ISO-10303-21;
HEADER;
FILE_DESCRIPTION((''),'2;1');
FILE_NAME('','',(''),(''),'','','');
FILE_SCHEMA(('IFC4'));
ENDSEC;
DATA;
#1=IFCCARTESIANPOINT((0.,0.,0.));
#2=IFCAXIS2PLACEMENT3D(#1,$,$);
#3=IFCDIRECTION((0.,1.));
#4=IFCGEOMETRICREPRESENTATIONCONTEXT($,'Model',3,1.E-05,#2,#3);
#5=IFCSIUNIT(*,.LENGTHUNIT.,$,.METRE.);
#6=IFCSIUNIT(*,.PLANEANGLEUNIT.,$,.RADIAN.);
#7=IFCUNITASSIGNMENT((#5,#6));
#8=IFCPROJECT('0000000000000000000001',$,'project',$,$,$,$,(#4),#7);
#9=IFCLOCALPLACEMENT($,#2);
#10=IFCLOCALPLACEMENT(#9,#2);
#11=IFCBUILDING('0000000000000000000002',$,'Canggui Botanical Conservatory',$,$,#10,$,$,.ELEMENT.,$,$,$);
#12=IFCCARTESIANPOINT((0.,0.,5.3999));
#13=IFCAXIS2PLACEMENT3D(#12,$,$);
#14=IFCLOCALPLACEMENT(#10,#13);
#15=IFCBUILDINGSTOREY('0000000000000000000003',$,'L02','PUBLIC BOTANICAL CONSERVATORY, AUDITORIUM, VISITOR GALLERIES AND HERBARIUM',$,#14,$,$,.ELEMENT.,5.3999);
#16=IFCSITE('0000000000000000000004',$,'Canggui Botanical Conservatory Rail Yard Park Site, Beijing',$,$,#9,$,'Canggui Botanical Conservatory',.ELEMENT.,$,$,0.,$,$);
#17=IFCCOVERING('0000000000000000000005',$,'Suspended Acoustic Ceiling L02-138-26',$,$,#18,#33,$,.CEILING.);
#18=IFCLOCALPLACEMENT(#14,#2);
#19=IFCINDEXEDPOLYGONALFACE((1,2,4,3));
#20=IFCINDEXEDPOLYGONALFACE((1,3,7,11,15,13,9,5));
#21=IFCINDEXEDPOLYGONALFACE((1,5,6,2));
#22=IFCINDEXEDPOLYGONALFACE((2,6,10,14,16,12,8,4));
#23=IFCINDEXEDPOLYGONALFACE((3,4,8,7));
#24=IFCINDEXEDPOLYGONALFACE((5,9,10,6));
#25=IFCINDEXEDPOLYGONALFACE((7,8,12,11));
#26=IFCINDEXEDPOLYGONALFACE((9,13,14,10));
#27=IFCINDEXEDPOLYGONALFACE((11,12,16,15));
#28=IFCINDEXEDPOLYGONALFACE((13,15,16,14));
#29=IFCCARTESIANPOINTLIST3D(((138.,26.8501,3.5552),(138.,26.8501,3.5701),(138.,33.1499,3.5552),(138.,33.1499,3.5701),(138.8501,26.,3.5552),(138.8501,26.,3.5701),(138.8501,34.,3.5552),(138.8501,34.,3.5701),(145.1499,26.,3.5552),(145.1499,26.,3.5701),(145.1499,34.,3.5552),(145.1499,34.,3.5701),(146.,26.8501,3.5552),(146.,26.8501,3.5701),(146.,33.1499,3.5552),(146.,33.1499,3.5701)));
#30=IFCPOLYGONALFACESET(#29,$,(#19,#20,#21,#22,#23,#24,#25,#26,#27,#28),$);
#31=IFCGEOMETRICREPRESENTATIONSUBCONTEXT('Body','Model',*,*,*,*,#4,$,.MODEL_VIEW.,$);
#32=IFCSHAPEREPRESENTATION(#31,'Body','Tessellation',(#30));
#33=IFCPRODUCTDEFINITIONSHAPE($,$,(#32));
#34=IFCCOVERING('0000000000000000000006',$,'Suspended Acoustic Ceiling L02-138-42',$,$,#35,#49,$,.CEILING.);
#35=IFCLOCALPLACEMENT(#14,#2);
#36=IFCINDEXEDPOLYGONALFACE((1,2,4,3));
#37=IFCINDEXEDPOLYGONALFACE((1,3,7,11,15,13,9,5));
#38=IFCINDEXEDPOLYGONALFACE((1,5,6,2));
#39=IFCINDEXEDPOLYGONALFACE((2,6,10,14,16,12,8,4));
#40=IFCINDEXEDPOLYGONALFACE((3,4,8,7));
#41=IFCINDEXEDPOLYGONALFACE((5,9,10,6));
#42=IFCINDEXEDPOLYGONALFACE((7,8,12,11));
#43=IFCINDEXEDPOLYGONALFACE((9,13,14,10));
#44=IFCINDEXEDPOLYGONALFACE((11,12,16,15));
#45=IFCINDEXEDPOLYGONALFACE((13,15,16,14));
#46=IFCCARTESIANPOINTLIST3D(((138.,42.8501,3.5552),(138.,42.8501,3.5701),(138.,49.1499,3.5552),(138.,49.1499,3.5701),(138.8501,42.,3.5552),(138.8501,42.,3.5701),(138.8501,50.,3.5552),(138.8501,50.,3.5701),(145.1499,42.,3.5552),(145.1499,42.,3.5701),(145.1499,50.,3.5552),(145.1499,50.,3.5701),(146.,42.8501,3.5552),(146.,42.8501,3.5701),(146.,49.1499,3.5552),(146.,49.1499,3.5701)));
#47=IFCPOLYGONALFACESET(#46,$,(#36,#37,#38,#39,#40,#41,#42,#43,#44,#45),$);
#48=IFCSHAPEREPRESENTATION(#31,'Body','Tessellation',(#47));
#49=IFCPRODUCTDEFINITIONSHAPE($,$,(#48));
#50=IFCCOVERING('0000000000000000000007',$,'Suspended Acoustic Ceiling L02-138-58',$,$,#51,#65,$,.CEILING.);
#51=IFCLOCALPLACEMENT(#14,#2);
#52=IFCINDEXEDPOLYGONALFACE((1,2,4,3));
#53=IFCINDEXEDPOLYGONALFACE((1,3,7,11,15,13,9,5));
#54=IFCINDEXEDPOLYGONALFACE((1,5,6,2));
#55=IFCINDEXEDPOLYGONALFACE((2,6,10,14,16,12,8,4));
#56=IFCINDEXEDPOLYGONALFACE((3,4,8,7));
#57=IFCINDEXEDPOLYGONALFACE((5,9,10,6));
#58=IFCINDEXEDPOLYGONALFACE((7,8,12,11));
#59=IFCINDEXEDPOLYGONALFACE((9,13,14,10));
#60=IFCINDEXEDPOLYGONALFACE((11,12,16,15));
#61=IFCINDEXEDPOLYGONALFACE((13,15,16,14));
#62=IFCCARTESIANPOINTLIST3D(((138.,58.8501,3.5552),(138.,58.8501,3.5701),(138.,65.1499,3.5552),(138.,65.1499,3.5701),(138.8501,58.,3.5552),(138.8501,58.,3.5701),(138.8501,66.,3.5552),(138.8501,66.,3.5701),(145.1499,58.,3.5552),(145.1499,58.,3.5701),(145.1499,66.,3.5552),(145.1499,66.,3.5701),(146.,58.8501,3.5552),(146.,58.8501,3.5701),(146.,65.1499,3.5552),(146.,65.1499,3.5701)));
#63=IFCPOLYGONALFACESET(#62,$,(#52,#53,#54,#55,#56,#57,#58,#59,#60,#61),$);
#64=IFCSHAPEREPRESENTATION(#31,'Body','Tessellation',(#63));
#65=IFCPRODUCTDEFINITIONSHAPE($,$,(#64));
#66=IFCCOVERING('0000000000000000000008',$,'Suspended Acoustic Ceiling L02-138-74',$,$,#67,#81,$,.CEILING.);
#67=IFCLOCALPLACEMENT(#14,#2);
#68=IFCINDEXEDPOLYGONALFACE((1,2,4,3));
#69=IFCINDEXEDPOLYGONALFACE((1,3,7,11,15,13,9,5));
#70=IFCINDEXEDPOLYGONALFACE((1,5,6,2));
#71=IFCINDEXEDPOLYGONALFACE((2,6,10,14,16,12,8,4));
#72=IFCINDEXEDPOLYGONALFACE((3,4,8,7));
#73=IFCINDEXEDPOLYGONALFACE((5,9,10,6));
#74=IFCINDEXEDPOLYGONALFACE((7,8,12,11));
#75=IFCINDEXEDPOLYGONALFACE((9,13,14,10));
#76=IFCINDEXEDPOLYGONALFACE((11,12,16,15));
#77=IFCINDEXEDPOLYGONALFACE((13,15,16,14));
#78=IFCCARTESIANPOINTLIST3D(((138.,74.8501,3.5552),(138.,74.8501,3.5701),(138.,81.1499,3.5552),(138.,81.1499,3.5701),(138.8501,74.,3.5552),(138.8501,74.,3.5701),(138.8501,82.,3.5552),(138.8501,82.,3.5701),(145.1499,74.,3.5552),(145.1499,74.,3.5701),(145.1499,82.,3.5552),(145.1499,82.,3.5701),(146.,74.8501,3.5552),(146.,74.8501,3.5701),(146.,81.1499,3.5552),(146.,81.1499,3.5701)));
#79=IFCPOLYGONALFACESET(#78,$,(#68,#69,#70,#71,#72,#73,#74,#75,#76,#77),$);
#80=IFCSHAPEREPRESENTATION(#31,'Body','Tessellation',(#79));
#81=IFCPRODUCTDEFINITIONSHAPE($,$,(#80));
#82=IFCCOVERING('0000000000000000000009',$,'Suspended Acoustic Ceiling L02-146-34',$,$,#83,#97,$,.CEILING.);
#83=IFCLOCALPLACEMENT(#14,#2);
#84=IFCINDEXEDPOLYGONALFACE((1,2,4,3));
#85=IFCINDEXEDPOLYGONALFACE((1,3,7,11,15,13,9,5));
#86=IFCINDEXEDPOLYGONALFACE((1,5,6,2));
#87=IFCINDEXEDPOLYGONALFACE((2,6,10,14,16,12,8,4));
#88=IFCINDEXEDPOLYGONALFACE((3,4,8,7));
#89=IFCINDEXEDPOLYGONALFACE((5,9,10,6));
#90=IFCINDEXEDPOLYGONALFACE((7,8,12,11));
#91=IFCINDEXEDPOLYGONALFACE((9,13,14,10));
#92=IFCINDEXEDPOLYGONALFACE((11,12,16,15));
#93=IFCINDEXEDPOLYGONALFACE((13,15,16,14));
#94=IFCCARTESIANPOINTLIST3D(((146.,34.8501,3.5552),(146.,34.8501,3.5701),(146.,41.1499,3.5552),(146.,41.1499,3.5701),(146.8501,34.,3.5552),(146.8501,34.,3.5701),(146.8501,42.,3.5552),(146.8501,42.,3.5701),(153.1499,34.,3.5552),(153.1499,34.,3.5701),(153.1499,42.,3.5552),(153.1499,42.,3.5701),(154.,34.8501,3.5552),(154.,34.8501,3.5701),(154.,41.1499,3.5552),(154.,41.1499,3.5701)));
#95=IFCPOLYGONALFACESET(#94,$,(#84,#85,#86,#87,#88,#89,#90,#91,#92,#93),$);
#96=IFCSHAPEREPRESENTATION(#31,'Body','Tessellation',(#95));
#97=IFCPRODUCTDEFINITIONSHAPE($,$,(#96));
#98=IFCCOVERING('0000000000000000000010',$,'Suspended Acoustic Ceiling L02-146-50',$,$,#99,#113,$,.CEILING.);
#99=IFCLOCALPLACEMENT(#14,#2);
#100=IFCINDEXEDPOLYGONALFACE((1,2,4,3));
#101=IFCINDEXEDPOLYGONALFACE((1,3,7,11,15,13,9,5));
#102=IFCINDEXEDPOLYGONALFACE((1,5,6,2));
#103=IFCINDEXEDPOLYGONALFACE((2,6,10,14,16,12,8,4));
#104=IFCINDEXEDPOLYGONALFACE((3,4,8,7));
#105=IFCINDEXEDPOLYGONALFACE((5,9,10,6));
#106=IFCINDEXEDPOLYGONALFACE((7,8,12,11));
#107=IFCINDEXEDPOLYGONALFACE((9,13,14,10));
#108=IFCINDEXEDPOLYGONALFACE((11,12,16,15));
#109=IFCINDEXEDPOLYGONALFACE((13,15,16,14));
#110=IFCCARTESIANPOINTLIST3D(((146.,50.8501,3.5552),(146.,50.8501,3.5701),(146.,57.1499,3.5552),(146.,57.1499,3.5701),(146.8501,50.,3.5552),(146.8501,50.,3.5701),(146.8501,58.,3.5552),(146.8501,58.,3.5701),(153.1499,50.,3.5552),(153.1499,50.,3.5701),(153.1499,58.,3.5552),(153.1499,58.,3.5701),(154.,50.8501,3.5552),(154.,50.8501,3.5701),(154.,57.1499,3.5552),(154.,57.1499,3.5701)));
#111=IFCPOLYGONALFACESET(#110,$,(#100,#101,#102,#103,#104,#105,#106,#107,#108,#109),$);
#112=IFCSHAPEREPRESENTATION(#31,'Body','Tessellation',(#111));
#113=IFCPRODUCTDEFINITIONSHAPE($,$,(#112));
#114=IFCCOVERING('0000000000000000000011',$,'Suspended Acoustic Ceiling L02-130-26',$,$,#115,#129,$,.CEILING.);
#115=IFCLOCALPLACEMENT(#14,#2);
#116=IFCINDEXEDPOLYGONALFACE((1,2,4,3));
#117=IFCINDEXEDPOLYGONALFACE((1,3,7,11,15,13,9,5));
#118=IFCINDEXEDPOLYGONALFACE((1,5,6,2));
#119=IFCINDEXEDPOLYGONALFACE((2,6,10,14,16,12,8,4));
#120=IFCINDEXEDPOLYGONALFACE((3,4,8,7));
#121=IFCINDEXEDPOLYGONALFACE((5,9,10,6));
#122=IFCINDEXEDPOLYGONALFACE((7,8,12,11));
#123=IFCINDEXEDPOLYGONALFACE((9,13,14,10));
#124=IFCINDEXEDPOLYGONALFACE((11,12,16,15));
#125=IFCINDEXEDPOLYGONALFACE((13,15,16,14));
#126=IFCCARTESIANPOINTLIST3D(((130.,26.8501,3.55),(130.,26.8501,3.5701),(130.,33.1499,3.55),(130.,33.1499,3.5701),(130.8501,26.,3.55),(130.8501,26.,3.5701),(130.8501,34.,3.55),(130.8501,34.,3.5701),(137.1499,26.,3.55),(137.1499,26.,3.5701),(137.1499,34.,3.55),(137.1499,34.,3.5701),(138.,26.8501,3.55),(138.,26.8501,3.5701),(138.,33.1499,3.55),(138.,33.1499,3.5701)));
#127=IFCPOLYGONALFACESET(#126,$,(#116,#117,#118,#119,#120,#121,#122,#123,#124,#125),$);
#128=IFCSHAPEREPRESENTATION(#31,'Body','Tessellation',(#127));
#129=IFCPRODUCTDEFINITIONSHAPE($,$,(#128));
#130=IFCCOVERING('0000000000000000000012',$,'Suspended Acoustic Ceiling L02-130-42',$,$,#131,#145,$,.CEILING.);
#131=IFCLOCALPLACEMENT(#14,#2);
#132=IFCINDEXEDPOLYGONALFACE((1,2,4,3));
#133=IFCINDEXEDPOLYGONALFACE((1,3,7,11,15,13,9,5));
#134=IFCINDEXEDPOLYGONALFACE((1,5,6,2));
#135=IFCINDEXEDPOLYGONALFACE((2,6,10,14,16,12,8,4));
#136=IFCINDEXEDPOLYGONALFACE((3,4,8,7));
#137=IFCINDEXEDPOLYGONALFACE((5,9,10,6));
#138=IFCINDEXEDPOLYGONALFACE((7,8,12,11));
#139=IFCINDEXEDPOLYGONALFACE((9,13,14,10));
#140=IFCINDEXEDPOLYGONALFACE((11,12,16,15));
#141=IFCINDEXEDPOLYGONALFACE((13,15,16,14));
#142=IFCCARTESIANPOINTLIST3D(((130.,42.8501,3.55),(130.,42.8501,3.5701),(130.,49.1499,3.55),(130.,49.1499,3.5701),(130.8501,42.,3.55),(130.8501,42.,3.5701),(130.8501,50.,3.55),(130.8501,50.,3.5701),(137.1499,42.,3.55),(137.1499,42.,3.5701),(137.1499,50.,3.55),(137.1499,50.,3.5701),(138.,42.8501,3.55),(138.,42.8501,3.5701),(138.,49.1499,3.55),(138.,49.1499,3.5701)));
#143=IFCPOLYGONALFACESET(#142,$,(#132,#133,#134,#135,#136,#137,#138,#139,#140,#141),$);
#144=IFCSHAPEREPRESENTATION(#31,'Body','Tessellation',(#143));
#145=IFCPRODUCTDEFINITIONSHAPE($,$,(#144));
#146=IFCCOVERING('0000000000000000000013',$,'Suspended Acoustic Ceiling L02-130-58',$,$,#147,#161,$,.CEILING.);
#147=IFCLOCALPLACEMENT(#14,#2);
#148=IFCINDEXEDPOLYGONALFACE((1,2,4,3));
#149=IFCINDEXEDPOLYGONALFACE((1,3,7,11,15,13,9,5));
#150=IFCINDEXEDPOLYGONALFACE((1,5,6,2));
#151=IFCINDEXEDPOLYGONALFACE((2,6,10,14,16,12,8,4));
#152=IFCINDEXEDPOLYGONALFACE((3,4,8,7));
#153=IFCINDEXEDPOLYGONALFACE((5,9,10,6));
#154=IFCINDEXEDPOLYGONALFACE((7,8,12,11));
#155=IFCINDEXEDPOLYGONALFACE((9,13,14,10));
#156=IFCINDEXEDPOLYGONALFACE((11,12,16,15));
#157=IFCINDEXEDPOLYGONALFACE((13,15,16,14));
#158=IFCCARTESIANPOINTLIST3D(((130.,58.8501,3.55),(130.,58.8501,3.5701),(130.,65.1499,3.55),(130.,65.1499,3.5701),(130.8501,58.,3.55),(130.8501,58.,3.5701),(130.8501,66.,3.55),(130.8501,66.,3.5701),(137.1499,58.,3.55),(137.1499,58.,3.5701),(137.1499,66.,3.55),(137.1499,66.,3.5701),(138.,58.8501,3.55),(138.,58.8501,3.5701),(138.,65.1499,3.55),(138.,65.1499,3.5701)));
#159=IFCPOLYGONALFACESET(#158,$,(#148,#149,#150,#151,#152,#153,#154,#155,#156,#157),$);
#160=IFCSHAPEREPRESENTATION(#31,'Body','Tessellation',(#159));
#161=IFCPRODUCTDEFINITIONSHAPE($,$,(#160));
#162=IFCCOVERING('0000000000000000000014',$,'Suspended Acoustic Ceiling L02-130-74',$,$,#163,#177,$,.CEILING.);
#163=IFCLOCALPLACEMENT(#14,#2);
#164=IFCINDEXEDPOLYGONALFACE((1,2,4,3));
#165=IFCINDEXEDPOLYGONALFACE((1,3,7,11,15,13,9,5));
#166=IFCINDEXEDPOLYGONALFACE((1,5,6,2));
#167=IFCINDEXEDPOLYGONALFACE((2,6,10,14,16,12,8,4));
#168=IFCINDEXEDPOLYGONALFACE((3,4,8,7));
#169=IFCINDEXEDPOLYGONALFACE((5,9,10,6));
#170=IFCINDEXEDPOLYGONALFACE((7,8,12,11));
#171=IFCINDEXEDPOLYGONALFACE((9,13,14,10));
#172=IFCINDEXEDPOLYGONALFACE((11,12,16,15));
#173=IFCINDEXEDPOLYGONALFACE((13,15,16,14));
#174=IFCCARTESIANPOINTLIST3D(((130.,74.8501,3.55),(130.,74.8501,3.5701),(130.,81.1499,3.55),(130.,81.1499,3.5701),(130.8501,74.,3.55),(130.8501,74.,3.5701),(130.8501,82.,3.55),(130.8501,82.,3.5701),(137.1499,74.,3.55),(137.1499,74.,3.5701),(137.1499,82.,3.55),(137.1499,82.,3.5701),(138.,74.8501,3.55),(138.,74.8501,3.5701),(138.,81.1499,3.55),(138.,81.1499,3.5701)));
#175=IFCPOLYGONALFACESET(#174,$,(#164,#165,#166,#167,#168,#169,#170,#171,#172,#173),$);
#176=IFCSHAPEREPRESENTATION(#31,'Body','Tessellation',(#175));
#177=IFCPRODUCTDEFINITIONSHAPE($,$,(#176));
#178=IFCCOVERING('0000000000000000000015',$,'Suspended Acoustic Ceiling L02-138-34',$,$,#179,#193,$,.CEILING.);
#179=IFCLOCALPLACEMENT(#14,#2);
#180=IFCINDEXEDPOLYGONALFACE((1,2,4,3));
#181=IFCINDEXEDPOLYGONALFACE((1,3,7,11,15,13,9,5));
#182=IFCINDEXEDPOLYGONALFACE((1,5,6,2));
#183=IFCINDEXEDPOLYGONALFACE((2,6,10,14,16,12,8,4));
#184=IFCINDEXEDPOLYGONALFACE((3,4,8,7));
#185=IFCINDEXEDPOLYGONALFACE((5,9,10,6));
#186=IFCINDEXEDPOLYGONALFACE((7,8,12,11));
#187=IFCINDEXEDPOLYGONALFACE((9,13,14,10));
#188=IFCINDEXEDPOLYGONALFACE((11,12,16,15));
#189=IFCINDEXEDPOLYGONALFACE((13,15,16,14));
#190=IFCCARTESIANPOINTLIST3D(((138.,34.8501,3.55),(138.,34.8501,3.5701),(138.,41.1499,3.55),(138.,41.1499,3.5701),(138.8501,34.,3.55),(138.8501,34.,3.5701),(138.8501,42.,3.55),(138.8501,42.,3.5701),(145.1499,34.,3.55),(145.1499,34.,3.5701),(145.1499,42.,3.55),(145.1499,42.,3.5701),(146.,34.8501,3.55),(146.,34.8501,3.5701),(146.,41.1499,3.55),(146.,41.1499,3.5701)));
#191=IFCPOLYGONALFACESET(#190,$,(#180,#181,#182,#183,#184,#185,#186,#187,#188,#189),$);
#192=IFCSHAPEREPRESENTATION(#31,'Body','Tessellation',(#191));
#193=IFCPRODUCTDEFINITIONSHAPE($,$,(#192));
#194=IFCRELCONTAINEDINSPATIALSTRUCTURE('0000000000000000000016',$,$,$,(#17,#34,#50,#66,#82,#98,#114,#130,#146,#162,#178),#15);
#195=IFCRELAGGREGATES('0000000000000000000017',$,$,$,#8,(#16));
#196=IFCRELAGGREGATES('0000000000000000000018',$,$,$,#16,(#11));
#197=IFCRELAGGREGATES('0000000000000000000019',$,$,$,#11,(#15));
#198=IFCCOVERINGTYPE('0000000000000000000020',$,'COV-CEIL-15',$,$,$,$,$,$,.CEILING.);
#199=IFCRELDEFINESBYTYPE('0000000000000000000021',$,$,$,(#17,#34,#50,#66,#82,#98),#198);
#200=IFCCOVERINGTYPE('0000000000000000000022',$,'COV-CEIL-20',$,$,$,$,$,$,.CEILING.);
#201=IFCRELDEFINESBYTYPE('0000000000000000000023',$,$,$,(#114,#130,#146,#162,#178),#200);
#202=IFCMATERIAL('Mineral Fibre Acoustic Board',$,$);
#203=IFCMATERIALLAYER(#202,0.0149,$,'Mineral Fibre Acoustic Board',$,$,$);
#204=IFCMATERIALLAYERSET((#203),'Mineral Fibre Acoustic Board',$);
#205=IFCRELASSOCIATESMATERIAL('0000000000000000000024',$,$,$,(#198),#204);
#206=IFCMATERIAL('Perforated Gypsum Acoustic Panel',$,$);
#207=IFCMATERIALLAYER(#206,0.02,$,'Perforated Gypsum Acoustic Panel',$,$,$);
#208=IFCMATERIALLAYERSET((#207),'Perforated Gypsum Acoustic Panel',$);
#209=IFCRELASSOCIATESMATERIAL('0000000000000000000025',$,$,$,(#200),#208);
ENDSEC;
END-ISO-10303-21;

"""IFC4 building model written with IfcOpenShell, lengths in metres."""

from ifc_helpers import new_model, si_unit, direction, frame, origin, place, context, subcontext, project, spatial, polyline, outline, extrude, material, layer, layer_set, type_object, element, save


model = new_model("IFC4")

# Units and contexts
model_context = context("Model", 3, precision=1e-05, world=origin(), true_north=direction((0.0, 1.0)))
body_context = subcontext(model_context, "Body", "Model", "MODEL_VIEW")
ifc_project = project(units=[si_unit("LENGTHUNIT", "METRE"), si_unit("PLANEANGLEUNIT", "RADIAN")], contexts=[model_context])

# Site, building, storey
site_placement = place(None, origin())
site = spatial("IfcSite", under=ifc_project, at=site_placement, Name="Canggui Botanical Conservatory Rail Yard Park Site, Beijing", LongName="Canggui Botanical Conservatory", CompositionType="ELEMENT", RefElevation=0.0)
building_placement = place(site_placement, origin())
building = spatial("IfcBuilding", under=site, at=building_placement, Name="Canggui Botanical Conservatory", CompositionType="ELEMENT")
storey_placement = place(building_placement, frame((0.0, 0.0, 5.3999)))
storey = spatial("IfcBuildingStorey", under=building, at=storey_placement, Name="L02", Description="PUBLIC BOTANICAL CONSERVATORY, AUDITORIUM, VISITOR GALLERIES AND HERBARIUM", CompositionType="ELEMENT", Elevation=5.3999)

# Coverings
ifc_material_1 = material(Name="Mineral Fibre Acoustic Board")
ifc_layer_1 = layer(ifc_material_1, 0.0149, Name="Mineral Fibre Acoustic Board")
ifc_layer_set_1 = layer_set([ifc_layer_1], Name="Mineral Fibre Acoustic Board")
covering_type_1 = type_object("IfcCoveringType", Name="COV-CEIL-15", PredefinedType="CEILING", material=ifc_layer_set_1)
covering_1_placement = place(storey_placement, frame((0.0, 0.0, 3.5552)))
element("IfcCovering", 1, at=covering_1_placement, inside=storey, type_object=covering_type_1, Name="Suspended Acoustic Ceiling L02-138-26", PredefinedType="CEILING", context=body_context, shape_type="SweptSolid", body=[
    extrude(outline(polyline([(138.8501, 26.0), (145.1499, 26.0), (146.0, 26.8501), (146.0, 33.1499), (145.1499, 34.0), (138.8501, 34.0), (138.0, 33.1499), (138.0, 26.8501), (138.8501, 26.0)])), origin(), (0.0, 0.0, 1.0), 0.0149),
])
covering_2_placement = place(storey_placement, frame((0.0, 0.0, 3.5552)))
element("IfcCovering", 2, at=covering_2_placement, inside=storey, type_object=covering_type_1, Name="Suspended Acoustic Ceiling L02-138-42", PredefinedType="CEILING", context=body_context, shape_type="SweptSolid", body=[
    extrude(outline(polyline([(138.8501, 42.0), (145.1499, 42.0), (146.0, 42.8501), (146.0, 49.1499), (145.1499, 50.0), (138.8501, 50.0), (138.0, 49.1499), (138.0, 42.8501), (138.8501, 42.0)])), origin(), (0.0, 0.0, 1.0), 0.0149),
])
covering_3_placement = place(storey_placement, frame((0.0, 0.0, 3.5552)))
element("IfcCovering", 3, at=covering_3_placement, inside=storey, type_object=covering_type_1, Name="Suspended Acoustic Ceiling L02-138-58", PredefinedType="CEILING", context=body_context, shape_type="SweptSolid", body=[
    extrude(outline(polyline([(138.8501, 58.0), (145.1499, 58.0), (146.0, 58.8501), (146.0, 65.1499), (145.1499, 66.0), (138.8501, 66.0), (138.0, 65.1499), (138.0, 58.8501), (138.8501, 58.0)])), origin(), (0.0, 0.0, 1.0), 0.0149),
])
covering_4_placement = place(storey_placement, frame((0.0, 0.0, 3.5552)))
element("IfcCovering", 4, at=covering_4_placement, inside=storey, type_object=covering_type_1, Name="Suspended Acoustic Ceiling L02-138-74", PredefinedType="CEILING", context=body_context, shape_type="SweptSolid", body=[
    extrude(outline(polyline([(138.8501, 74.0), (145.1499, 74.0), (146.0, 74.8501), (146.0, 81.1499), (145.1499, 82.0), (138.8501, 82.0), (138.0, 81.1499), (138.0, 74.8501), (138.8501, 74.0)])), origin(), (0.0, 0.0, 1.0), 0.0149),
])
covering_5_placement = place(storey_placement, frame((0.0, 0.0, 3.5552)))
element("IfcCovering", 5, at=covering_5_placement, inside=storey, type_object=covering_type_1, Name="Suspended Acoustic Ceiling L02-146-34", PredefinedType="CEILING", context=body_context, shape_type="SweptSolid", body=[
    extrude(outline(polyline([(146.8501, 34.0), (153.1499, 34.0), (154.0, 34.8501), (154.0, 41.1499), (153.1499, 42.0), (146.8501, 42.0), (146.0, 41.1499), (146.0, 34.8501), (146.8501, 34.0)])), origin(), (0.0, 0.0, 1.0), 0.0149),
])
covering_6_placement = place(storey_placement, frame((0.0, 0.0, 3.5552)))
element("IfcCovering", 6, at=covering_6_placement, inside=storey, type_object=covering_type_1, Name="Suspended Acoustic Ceiling L02-146-50", PredefinedType="CEILING", context=body_context, shape_type="SweptSolid", body=[
    extrude(outline(polyline([(146.8501, 50.0), (153.1499, 50.0), (154.0, 50.8501), (154.0, 57.1499), (153.1499, 58.0), (146.8501, 58.0), (146.0, 57.1499), (146.0, 50.8501), (146.8501, 50.0)])), origin(), (0.0, 0.0, 1.0), 0.0149),
])
ifc_material_2 = material(Name="Perforated Gypsum Acoustic Panel")
ifc_layer_2 = layer(ifc_material_2, 0.02, Name="Perforated Gypsum Acoustic Panel")
ifc_layer_set_2 = layer_set([ifc_layer_2], Name="Perforated Gypsum Acoustic Panel")
covering_type_2 = type_object("IfcCoveringType", Name="COV-CEIL-20", PredefinedType="CEILING", material=ifc_layer_set_2)
covering_7_placement = place(storey_placement, frame((0.0, 0.0, 3.55)))
element("IfcCovering", 7, at=covering_7_placement, inside=storey, type_object=covering_type_2, Name="Suspended Acoustic Ceiling L02-130-26", PredefinedType="CEILING", context=body_context, shape_type="SweptSolid", body=[
    extrude(outline(polyline([(130.8501, 26.0), (137.1499, 26.0), (138.0, 26.8501), (138.0, 33.1499), (137.1499, 34.0), (130.8501, 34.0), (130.0, 33.1499), (130.0, 26.8501), (130.8501, 26.0)])), origin(), (0.0, 0.0, 1.0), 0.02),
])
covering_8_placement = place(storey_placement, frame((0.0, 0.0, 3.55)))
element("IfcCovering", 8, at=covering_8_placement, inside=storey, type_object=covering_type_2, Name="Suspended Acoustic Ceiling L02-130-42", PredefinedType="CEILING", context=body_context, shape_type="SweptSolid", body=[
    extrude(outline(polyline([(130.8501, 42.0), (137.1499, 42.0), (138.0, 42.8501), (138.0, 49.1499), (137.1499, 50.0), (130.8501, 50.0), (130.0, 49.1499), (130.0, 42.8501), (130.8501, 42.0)])), origin(), (0.0, 0.0, 1.0), 0.02),
])
covering_9_placement = place(storey_placement, frame((0.0, 0.0, 3.55)))
element("IfcCovering", 9, at=covering_9_placement, inside=storey, type_object=covering_type_2, Name="Suspended Acoustic Ceiling L02-130-58", PredefinedType="CEILING", context=body_context, shape_type="SweptSolid", body=[
    extrude(outline(polyline([(130.8501, 58.0), (137.1499, 58.0), (138.0, 58.8501), (138.0, 65.1499), (137.1499, 66.0), (130.8501, 66.0), (130.0, 65.1499), (130.0, 58.8501), (130.8501, 58.0)])), origin(), (0.0, 0.0, 1.0), 0.02),
])
covering_10_placement = place(storey_placement, frame((0.0, 0.0, 3.55)))
element("IfcCovering", 10, at=covering_10_placement, inside=storey, type_object=covering_type_2, Name="Suspended Acoustic Ceiling L02-130-74", PredefinedType="CEILING", context=body_context, shape_type="SweptSolid", body=[
    extrude(outline(polyline([(130.8501, 74.0), (137.1499, 74.0), (138.0, 74.8501), (138.0, 81.1499), (137.1499, 82.0), (130.8501, 82.0), (130.0, 81.1499), (130.0, 74.8501), (130.8501, 74.0)])), origin(), (0.0, 0.0, 1.0), 0.02),
])
covering_11_placement = place(storey_placement, frame((0.0, 0.0, 3.55)))
element("IfcCovering", 11, at=covering_11_placement, inside=storey, type_object=covering_type_2, Name="Suspended Acoustic Ceiling L02-138-34", PredefinedType="CEILING", context=body_context, shape_type="SweptSolid", body=[
    extrude(outline(polyline([(138.8501, 34.0), (145.1499, 34.0), (146.0, 34.8501), (146.0, 41.1499), (145.1499, 42.0), (138.8501, 42.0), (138.0, 41.1499), (138.0, 34.8501), (138.8501, 34.0)])), origin(), (0.0, 0.0, 1.0), 0.02),
])

save(model, "model.ifc")
